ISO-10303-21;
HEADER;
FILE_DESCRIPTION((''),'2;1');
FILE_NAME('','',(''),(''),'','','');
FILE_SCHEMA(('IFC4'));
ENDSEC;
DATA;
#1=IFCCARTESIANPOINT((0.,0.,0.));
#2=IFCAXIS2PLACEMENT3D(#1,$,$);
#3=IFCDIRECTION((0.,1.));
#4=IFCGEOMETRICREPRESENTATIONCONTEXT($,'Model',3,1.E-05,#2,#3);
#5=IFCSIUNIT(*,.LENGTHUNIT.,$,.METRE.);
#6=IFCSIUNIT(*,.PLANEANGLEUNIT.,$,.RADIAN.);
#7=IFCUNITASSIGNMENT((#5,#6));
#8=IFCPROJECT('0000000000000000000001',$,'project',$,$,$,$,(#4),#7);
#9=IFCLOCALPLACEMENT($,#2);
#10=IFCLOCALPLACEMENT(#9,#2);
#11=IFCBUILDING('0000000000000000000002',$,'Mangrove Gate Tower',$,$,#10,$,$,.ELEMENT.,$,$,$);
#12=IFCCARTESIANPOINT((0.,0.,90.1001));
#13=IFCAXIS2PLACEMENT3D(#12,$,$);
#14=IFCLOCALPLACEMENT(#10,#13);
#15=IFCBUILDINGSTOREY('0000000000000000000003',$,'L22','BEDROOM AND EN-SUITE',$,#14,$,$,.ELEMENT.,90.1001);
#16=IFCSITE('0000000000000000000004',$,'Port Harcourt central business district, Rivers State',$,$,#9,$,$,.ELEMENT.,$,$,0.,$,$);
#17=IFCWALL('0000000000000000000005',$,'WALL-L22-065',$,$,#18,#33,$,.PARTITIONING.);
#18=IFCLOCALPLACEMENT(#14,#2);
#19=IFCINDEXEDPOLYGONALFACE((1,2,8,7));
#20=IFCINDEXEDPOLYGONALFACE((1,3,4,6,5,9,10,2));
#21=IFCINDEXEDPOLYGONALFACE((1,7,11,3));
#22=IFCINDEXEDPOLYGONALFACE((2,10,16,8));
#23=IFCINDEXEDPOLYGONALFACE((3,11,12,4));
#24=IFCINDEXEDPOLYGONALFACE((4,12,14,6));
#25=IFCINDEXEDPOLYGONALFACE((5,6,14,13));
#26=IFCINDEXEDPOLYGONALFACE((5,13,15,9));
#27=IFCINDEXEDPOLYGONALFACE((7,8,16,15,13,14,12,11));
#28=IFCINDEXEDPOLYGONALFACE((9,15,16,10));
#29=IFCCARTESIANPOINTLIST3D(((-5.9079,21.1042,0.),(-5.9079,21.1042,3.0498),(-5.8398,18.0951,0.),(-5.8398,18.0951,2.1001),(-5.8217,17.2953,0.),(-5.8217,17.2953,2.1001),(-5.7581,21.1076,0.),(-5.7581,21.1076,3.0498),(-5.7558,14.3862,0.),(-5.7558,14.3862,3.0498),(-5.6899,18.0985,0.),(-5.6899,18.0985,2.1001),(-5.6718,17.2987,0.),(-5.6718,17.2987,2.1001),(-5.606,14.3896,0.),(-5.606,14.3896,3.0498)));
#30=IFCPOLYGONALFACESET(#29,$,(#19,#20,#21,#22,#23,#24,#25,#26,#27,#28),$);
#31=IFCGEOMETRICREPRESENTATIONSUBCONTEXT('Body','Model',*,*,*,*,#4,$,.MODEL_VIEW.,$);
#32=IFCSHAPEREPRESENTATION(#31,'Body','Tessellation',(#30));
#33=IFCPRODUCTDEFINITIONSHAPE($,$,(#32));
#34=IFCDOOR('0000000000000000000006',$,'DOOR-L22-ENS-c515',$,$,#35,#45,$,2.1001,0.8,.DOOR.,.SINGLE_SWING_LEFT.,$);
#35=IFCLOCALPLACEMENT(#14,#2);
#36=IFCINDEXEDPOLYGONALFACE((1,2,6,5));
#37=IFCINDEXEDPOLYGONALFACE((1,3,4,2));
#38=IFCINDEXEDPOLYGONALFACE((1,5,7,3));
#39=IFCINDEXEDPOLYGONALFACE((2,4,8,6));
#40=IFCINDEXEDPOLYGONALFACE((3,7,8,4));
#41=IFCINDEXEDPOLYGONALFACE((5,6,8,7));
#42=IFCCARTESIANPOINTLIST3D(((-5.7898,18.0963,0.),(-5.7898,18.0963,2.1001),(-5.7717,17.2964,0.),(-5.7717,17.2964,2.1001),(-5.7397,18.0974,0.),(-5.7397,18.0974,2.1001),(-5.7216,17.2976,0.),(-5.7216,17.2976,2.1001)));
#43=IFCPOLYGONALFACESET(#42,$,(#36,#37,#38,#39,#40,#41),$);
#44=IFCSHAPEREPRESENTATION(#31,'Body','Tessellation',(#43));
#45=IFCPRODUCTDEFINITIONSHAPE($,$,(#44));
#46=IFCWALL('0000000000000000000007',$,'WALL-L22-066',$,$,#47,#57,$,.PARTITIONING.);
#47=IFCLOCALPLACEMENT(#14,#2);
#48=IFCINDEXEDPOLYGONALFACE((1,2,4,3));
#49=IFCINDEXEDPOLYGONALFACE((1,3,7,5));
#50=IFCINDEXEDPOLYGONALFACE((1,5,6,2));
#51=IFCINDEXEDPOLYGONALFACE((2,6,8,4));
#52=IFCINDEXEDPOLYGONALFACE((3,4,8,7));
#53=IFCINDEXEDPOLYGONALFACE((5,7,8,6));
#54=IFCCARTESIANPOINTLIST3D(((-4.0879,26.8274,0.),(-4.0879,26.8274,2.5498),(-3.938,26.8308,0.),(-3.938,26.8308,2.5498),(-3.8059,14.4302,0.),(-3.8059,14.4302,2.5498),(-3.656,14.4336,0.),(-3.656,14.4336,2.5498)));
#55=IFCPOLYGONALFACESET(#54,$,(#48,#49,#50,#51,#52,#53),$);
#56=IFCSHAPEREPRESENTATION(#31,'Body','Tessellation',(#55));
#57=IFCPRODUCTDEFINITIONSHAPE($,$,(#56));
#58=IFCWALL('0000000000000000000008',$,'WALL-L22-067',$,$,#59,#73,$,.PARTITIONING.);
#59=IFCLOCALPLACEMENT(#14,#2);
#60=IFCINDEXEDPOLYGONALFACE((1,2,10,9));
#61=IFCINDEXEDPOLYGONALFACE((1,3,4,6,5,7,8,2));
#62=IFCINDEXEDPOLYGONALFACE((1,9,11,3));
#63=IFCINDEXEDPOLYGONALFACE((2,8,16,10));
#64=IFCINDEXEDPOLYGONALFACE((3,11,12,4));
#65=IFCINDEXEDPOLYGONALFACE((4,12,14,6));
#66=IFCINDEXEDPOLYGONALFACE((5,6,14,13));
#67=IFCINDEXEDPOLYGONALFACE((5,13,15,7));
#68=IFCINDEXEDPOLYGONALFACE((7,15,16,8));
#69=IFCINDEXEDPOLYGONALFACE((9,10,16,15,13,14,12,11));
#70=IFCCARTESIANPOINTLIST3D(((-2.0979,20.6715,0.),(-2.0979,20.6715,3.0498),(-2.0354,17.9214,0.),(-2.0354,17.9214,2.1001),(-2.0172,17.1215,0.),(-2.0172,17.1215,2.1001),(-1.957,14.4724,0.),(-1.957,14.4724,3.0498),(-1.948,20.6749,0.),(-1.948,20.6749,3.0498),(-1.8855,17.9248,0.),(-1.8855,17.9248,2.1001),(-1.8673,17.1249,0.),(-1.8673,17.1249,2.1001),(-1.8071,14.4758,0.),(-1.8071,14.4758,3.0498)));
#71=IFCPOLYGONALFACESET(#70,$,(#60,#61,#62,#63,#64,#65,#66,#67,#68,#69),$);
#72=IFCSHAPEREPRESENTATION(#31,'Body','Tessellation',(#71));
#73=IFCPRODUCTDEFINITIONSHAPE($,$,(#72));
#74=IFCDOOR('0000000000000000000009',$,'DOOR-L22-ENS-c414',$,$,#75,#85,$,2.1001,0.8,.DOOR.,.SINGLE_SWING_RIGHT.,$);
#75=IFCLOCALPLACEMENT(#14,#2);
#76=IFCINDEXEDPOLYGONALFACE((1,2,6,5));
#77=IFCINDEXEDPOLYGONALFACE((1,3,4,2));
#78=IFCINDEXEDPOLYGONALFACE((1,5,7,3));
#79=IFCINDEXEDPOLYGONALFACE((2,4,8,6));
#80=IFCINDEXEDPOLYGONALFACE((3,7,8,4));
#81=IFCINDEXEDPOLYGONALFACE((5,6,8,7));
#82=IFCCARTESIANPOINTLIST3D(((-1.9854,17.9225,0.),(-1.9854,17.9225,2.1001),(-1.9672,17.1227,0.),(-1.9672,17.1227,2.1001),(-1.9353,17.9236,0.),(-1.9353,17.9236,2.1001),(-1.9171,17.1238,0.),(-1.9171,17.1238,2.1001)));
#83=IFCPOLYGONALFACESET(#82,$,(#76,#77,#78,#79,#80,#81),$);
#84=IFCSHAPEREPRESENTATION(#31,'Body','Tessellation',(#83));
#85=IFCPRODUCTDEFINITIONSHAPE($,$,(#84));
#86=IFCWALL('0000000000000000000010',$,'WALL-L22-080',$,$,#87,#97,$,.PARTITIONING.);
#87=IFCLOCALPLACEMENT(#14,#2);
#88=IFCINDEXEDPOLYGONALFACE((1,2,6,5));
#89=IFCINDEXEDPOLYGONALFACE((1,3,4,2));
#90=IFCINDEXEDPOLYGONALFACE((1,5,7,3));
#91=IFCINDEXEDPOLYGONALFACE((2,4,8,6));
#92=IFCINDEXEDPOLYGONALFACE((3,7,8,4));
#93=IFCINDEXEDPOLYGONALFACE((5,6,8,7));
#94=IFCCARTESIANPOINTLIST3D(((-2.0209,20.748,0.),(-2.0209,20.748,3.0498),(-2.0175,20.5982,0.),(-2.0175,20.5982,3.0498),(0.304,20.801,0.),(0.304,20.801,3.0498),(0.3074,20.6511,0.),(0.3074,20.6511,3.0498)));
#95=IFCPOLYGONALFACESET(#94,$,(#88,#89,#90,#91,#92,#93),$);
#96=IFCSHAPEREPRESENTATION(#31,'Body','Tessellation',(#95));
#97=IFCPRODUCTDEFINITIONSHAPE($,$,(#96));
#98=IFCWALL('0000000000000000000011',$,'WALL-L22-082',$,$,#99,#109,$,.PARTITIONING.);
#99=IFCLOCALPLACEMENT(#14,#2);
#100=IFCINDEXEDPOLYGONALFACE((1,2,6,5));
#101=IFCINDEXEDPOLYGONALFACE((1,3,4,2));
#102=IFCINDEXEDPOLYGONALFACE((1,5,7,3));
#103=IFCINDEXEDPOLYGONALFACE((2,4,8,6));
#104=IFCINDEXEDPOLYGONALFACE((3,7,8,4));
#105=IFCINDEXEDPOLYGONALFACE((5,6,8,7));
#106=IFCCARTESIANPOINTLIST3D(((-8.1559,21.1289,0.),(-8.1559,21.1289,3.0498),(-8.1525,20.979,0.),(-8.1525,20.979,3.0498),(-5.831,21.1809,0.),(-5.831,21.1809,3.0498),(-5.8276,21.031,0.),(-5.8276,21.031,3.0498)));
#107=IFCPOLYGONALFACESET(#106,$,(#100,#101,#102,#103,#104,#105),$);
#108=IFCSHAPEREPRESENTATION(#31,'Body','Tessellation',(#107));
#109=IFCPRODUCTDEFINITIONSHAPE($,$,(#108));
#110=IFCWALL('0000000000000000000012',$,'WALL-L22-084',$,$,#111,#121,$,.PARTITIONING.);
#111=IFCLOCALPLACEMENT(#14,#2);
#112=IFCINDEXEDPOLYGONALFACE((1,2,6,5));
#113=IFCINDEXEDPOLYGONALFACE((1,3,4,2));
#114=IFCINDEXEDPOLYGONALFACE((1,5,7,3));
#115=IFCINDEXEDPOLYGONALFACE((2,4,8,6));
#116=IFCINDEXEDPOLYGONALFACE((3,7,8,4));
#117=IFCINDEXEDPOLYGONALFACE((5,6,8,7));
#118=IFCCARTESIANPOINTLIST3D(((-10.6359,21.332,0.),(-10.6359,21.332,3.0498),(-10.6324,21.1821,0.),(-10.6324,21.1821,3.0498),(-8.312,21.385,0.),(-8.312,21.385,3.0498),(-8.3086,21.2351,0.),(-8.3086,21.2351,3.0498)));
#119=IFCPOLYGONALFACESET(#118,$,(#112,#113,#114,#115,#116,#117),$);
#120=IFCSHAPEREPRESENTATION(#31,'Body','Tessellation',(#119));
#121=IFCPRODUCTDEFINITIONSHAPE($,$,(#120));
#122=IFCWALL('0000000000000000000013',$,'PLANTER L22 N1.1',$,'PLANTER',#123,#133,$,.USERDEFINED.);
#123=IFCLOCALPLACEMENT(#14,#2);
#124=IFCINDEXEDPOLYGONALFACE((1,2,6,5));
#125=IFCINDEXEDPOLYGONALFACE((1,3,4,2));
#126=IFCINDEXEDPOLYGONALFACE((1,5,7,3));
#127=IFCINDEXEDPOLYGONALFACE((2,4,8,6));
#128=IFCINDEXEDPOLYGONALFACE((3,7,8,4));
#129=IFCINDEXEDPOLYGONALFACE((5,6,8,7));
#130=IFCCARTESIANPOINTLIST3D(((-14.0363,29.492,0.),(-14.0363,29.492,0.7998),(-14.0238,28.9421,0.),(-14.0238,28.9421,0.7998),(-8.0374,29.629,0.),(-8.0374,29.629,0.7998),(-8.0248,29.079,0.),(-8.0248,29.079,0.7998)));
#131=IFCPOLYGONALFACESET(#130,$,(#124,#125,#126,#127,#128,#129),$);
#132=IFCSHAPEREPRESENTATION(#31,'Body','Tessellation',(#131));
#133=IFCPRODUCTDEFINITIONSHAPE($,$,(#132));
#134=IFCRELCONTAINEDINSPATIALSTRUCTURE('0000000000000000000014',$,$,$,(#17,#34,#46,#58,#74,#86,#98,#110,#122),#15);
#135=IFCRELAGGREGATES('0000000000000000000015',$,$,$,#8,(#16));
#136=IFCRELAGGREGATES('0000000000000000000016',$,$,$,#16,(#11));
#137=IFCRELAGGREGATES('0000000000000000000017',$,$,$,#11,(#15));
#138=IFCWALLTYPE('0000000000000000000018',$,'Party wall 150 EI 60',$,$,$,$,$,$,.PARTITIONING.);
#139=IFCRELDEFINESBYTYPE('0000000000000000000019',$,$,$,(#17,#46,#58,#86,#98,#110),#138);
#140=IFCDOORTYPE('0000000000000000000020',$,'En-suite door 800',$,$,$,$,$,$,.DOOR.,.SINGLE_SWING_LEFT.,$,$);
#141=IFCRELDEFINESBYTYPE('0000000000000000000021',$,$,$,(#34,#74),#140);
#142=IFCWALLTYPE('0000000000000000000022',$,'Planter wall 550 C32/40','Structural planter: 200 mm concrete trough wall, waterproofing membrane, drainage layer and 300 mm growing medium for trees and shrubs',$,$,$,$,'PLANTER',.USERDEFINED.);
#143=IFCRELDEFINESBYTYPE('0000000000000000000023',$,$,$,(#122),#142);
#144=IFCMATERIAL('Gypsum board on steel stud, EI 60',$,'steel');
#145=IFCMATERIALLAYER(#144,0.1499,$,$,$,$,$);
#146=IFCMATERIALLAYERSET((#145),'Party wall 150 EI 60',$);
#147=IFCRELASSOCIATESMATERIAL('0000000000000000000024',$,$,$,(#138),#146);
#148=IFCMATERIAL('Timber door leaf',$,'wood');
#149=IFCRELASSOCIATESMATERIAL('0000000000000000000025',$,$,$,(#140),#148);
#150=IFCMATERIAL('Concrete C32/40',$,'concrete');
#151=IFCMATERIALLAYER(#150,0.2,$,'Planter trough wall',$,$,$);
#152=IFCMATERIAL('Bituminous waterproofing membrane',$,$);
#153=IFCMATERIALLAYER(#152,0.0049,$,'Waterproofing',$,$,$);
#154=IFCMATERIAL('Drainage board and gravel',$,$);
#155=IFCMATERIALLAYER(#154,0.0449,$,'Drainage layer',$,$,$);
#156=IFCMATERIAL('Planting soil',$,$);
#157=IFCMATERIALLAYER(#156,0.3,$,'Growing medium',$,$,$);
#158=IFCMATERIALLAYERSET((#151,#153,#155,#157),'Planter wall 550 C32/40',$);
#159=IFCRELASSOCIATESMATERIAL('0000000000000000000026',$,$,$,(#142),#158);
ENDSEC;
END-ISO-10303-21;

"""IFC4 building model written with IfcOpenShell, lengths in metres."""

from ifc_helpers import new_model, si_unit, direction, frame, frame_2d, origin, place, context, subcontext, project, spatial, rectangle, extrude, material, layer, layer_set, type_object, element, fill, save


model = new_model("IFC4")

# Units and contexts
model_context = context("Model", 3, precision=1e-05, world=origin(), true_north=direction((0.0, 1.0)))
body_context = subcontext(model_context, "Body", "Model", "MODEL_VIEW")
ifc_project = project(units=[si_unit("LENGTHUNIT", "METRE"), si_unit("PLANEANGLEUNIT", "RADIAN")], contexts=[model_context])

# Site, building, storey
site_placement = place(None, origin())
site = spatial("IfcSite", under=ifc_project, at=site_placement, Name="Port Harcourt central business district, Rivers State", CompositionType="ELEMENT", RefElevation=0.0)
building_placement = place(site_placement, origin())
building = spatial("IfcBuilding", under=site, at=building_placement, Name="Mangrove Gate Tower", CompositionType="ELEMENT")
storey_placement = place(building_placement, frame((0.0, 0.0, 90.1001)))
storey = spatial("IfcBuildingStorey", under=building, at=storey_placement, Name="L22", Description="BEDROOM AND EN-SUITE", CompositionType="ELEMENT", Elevation=90.1001)

# Shared definitions
ifc_material_1 = material(Name="Gypsum board on steel stud, EI 60", Category="steel")
ifc_layer_1 = layer(ifc_material_1, 0.1499)
ifc_layer_set_1 = layer_set([ifc_layer_1], Name="Party wall 150 EI 60")
wall_type_1 = type_object("IfcWallType", Name="Party wall 150 EI 60", PredefinedType="PARTITIONING", material=ifc_layer_set_1)
ifc_material_2 = material(Name="Timber door leaf", Category="wood")
door_type = type_object("IfcDoorType", Name="En-suite door 800", OperationType="SINGLE_SWING_LEFT", PredefinedType="DOOR", material=ifc_material_2)

# Wall, opening, door
wall_1_placement = place(storey_placement, frame((-5.6809, 14.3879, 0.0), z_axis=(0.0, 0.0, 1.0), x_axis=(-0.022635, 0.999744, 0.0)))
wall_1 = element("IfcWall", 1, at=wall_1_placement, inside=storey, type_object=wall_type_1, Name="WALL-L22-065", PredefinedType="PARTITIONING", context=body_context, shape_type="SweptSolid", body=[
    extrude(rectangle(XDim=6.7197, YDim=0.1499, at=frame_2d((3.3599, 0.0))), origin(), (0.0, 0.0, 1.0), 3.0498),
])
opening_1_placement = place(wall_1_placement, frame((2.9099, 0.0, 0.0)))
opening_1 = element("IfcOpeningElement", 2, at=opening_1_placement, cuts=wall_1, PredefinedType="OPENING", context=body_context, shape_type="SweptSolid", body=[
    extrude(rectangle(XDim=0.8, YDim=2.1001, at=frame_2d((0.3999, 1.05))), frame((0.0, 0.085, 0.0), z_axis=(0.0, -1.0, 0.0), x_axis=(1.0, 0.0, 0.0)), (0.0, 0.0, 1.0), 0.1699),
])
door_1_placement = place(opening_1_placement, origin())
door_1 = element("IfcDoor", 3, at=door_1_placement, inside=storey, type_object=door_type, Name="DOOR-L22-ENS-c515", OperationType="SINGLE_SWING_LEFT", OverallHeight=2.1001, OverallWidth=0.8, PredefinedType="DOOR", context=body_context, shape_type="SweptSolid", body=[
    extrude(rectangle(XDim=0.8, YDim=2.1001, at=frame_2d((0.3999, 1.05))), frame((0.0, 0.0249, 0.0), z_axis=(0.0, -1.0, 0.0), x_axis=(1.0, 0.0, 0.0)), (0.0, 0.0, 1.0), 0.05),
])
fill(opening_1, door_1)

# Wall
wall_2_placement = place(storey_placement, frame((-3.731, 14.4319, 0.0), z_axis=(0.0, 0.0, 1.0), x_axis=(-0.02274, 0.999741, 0.0)))
element("IfcWall", 4, at=wall_2_placement, inside=storey, type_object=wall_type_1, Name="WALL-L22-066", PredefinedType="PARTITIONING", context=body_context, shape_type="SweptSolid", body=[
    extrude(rectangle(XDim=12.4004, YDim=0.1499, at=frame_2d((6.2002, 0.0))), origin(), (0.0, 0.0, 1.0), 2.5498),
])

# Wall, opening, door
wall_3_placement = place(storey_placement, frame((-1.8821, 14.4741, 0.0), z_axis=(0.0, 0.0, 1.0), x_axis=(-0.022719, 0.999742, 0.0)))
wall_3 = element("IfcWall", 5, at=wall_3_placement, inside=storey, type_object=wall_type_1, Name="WALL-L22-067", PredefinedType="PARTITIONING", context=body_context, shape_type="SweptSolid", body=[
    extrude(rectangle(XDim=6.2007, YDim=0.1499, at=frame_2d((3.1003, 0.0))), origin(), (0.0, 0.0, 1.0), 3.0498),
])
opening_2_placement = place(wall_3_placement, frame((2.6499, 0.0, 0.0)))
opening_2 = element("IfcOpeningElement", 6, at=opening_2_placement, cuts=wall_3, PredefinedType="OPENING", context=body_context, shape_type="SweptSolid", body=[
    extrude(rectangle(XDim=0.8, YDim=2.1001, at=frame_2d((0.3999, 1.05))), frame((0.0, 0.085, 0.0), z_axis=(0.0, -1.0, 0.0), x_axis=(1.0, 0.0, 0.0)), (0.0, 0.0, 1.0), 0.1699),
])
door_2_placement = place(opening_2_placement, origin())
door_2 = element("IfcDoor", 7, at=door_2_placement, inside=storey, type_object=door_type, Name="DOOR-L22-ENS-c414", OperationType="SINGLE_SWING_RIGHT", OverallHeight=2.1001, OverallWidth=0.8, PredefinedType="DOOR", context=body_context, shape_type="SweptSolid", body=[
    extrude(rectangle(XDim=0.8, YDim=2.1001, at=frame_2d((0.3999, 1.05))), frame((0.0, 0.0249, 0.0), z_axis=(0.0, -1.0, 0.0), x_axis=(1.0, 0.0, 0.0)), (0.0, 0.0, 1.0), 0.05),
])
fill(opening_2, door_2)

# Walls
for number, where, z_axis, x_axis, name in (
    (8, (-2.019, 20.6731, 0.0), (0.0, 0.0, 1.0), (0.99974, 0.022781, 0.0), "WALL-L22-080"),
    (9, (-8.1541, 21.054, 0.0), (0.0, 0.0, 1.0), (0.99975, 0.022361, 0.0), "WALL-L22-082"),
):
    element("IfcWall", number, at=place(storey_placement, frame(where, z_axis=z_axis, x_axis=x_axis)), inside=storey, type_object=wall_type_1, Name=name, PredefinedType="PARTITIONING", context=body_context, shape_type="SweptSolid", body=[
        extrude(rectangle(XDim=2.3254, YDim=0.1499, at=frame_2d((1.1626, 0.0))), origin(), (0.0, 0.0, 1.0), 3.0498),
    ])
wall_4_placement = place(storey_placement, frame((-10.634, 21.2571, 0.0), z_axis=(0.0, 0.0, 1.0), x_axis=(0.99974, 0.022791, 0.0)))
element("IfcWall", 10, at=wall_4_placement, inside=storey, type_object=wall_type_1, Name="WALL-L22-084", PredefinedType="PARTITIONING", context=body_context, shape_type="SweptSolid", body=[
    extrude(rectangle(XDim=2.3245, YDim=0.1499, at=frame_2d((1.1621, 0.0))), origin(), (0.0, 0.0, 1.0), 3.0498),
])
ifc_material_3 = material(Name="Concrete C32/40", Category="concrete")
ifc_layer_2 = layer(ifc_material_3, 0.2, Name="Planter trough wall")
ifc_material_4 = material(Name="Bituminous waterproofing membrane")
ifc_layer_3 = layer(ifc_material_4, 0.0049, Name="Waterproofing")
ifc_material_5 = material(Name="Drainage board and gravel")
ifc_layer_4 = layer(ifc_material_5, 0.0449, Name="Drainage layer")
ifc_material_6 = material(Name="Planting soil")
ifc_layer_5 = layer(ifc_material_6, 0.3, Name="Growing medium")
ifc_layer_set_2 = layer_set([ifc_layer_2, ifc_layer_3, ifc_layer_4, ifc_layer_5], Name="Planter wall 550 C32/40")
wall_type_2 = type_object("IfcWallType", Name="Planter wall 550 C32/40", Description="Structural planter: 200 mm concrete trough wall, waterproofing membrane, drainage layer and 300 mm growing medium for trees and shrubs", ElementType="PLANTER", PredefinedType="USERDEFINED", material=ifc_layer_set_2)
wall_5_placement = place(storey_placement, frame((-14.03, 29.217, 0.0), z_axis=(0.0, 0.0, 1.0), x_axis=(0.999739, 0.022825, 0.0)))
element("IfcWall", 11, at=wall_5_placement, inside=storey, type_object=wall_type_2, Name="PLANTER L22 N1.1", ObjectType="PLANTER", PredefinedType="USERDEFINED", context=body_context, shape_type="SweptSolid", body=[
    extrude(rectangle(XDim=6.0005, YDim=0.55, at=frame_2d((3.0002, 0.0))), origin(), (0.0, 0.0, 1.0), 0.7998),
])

save(model, "model.ifc")
